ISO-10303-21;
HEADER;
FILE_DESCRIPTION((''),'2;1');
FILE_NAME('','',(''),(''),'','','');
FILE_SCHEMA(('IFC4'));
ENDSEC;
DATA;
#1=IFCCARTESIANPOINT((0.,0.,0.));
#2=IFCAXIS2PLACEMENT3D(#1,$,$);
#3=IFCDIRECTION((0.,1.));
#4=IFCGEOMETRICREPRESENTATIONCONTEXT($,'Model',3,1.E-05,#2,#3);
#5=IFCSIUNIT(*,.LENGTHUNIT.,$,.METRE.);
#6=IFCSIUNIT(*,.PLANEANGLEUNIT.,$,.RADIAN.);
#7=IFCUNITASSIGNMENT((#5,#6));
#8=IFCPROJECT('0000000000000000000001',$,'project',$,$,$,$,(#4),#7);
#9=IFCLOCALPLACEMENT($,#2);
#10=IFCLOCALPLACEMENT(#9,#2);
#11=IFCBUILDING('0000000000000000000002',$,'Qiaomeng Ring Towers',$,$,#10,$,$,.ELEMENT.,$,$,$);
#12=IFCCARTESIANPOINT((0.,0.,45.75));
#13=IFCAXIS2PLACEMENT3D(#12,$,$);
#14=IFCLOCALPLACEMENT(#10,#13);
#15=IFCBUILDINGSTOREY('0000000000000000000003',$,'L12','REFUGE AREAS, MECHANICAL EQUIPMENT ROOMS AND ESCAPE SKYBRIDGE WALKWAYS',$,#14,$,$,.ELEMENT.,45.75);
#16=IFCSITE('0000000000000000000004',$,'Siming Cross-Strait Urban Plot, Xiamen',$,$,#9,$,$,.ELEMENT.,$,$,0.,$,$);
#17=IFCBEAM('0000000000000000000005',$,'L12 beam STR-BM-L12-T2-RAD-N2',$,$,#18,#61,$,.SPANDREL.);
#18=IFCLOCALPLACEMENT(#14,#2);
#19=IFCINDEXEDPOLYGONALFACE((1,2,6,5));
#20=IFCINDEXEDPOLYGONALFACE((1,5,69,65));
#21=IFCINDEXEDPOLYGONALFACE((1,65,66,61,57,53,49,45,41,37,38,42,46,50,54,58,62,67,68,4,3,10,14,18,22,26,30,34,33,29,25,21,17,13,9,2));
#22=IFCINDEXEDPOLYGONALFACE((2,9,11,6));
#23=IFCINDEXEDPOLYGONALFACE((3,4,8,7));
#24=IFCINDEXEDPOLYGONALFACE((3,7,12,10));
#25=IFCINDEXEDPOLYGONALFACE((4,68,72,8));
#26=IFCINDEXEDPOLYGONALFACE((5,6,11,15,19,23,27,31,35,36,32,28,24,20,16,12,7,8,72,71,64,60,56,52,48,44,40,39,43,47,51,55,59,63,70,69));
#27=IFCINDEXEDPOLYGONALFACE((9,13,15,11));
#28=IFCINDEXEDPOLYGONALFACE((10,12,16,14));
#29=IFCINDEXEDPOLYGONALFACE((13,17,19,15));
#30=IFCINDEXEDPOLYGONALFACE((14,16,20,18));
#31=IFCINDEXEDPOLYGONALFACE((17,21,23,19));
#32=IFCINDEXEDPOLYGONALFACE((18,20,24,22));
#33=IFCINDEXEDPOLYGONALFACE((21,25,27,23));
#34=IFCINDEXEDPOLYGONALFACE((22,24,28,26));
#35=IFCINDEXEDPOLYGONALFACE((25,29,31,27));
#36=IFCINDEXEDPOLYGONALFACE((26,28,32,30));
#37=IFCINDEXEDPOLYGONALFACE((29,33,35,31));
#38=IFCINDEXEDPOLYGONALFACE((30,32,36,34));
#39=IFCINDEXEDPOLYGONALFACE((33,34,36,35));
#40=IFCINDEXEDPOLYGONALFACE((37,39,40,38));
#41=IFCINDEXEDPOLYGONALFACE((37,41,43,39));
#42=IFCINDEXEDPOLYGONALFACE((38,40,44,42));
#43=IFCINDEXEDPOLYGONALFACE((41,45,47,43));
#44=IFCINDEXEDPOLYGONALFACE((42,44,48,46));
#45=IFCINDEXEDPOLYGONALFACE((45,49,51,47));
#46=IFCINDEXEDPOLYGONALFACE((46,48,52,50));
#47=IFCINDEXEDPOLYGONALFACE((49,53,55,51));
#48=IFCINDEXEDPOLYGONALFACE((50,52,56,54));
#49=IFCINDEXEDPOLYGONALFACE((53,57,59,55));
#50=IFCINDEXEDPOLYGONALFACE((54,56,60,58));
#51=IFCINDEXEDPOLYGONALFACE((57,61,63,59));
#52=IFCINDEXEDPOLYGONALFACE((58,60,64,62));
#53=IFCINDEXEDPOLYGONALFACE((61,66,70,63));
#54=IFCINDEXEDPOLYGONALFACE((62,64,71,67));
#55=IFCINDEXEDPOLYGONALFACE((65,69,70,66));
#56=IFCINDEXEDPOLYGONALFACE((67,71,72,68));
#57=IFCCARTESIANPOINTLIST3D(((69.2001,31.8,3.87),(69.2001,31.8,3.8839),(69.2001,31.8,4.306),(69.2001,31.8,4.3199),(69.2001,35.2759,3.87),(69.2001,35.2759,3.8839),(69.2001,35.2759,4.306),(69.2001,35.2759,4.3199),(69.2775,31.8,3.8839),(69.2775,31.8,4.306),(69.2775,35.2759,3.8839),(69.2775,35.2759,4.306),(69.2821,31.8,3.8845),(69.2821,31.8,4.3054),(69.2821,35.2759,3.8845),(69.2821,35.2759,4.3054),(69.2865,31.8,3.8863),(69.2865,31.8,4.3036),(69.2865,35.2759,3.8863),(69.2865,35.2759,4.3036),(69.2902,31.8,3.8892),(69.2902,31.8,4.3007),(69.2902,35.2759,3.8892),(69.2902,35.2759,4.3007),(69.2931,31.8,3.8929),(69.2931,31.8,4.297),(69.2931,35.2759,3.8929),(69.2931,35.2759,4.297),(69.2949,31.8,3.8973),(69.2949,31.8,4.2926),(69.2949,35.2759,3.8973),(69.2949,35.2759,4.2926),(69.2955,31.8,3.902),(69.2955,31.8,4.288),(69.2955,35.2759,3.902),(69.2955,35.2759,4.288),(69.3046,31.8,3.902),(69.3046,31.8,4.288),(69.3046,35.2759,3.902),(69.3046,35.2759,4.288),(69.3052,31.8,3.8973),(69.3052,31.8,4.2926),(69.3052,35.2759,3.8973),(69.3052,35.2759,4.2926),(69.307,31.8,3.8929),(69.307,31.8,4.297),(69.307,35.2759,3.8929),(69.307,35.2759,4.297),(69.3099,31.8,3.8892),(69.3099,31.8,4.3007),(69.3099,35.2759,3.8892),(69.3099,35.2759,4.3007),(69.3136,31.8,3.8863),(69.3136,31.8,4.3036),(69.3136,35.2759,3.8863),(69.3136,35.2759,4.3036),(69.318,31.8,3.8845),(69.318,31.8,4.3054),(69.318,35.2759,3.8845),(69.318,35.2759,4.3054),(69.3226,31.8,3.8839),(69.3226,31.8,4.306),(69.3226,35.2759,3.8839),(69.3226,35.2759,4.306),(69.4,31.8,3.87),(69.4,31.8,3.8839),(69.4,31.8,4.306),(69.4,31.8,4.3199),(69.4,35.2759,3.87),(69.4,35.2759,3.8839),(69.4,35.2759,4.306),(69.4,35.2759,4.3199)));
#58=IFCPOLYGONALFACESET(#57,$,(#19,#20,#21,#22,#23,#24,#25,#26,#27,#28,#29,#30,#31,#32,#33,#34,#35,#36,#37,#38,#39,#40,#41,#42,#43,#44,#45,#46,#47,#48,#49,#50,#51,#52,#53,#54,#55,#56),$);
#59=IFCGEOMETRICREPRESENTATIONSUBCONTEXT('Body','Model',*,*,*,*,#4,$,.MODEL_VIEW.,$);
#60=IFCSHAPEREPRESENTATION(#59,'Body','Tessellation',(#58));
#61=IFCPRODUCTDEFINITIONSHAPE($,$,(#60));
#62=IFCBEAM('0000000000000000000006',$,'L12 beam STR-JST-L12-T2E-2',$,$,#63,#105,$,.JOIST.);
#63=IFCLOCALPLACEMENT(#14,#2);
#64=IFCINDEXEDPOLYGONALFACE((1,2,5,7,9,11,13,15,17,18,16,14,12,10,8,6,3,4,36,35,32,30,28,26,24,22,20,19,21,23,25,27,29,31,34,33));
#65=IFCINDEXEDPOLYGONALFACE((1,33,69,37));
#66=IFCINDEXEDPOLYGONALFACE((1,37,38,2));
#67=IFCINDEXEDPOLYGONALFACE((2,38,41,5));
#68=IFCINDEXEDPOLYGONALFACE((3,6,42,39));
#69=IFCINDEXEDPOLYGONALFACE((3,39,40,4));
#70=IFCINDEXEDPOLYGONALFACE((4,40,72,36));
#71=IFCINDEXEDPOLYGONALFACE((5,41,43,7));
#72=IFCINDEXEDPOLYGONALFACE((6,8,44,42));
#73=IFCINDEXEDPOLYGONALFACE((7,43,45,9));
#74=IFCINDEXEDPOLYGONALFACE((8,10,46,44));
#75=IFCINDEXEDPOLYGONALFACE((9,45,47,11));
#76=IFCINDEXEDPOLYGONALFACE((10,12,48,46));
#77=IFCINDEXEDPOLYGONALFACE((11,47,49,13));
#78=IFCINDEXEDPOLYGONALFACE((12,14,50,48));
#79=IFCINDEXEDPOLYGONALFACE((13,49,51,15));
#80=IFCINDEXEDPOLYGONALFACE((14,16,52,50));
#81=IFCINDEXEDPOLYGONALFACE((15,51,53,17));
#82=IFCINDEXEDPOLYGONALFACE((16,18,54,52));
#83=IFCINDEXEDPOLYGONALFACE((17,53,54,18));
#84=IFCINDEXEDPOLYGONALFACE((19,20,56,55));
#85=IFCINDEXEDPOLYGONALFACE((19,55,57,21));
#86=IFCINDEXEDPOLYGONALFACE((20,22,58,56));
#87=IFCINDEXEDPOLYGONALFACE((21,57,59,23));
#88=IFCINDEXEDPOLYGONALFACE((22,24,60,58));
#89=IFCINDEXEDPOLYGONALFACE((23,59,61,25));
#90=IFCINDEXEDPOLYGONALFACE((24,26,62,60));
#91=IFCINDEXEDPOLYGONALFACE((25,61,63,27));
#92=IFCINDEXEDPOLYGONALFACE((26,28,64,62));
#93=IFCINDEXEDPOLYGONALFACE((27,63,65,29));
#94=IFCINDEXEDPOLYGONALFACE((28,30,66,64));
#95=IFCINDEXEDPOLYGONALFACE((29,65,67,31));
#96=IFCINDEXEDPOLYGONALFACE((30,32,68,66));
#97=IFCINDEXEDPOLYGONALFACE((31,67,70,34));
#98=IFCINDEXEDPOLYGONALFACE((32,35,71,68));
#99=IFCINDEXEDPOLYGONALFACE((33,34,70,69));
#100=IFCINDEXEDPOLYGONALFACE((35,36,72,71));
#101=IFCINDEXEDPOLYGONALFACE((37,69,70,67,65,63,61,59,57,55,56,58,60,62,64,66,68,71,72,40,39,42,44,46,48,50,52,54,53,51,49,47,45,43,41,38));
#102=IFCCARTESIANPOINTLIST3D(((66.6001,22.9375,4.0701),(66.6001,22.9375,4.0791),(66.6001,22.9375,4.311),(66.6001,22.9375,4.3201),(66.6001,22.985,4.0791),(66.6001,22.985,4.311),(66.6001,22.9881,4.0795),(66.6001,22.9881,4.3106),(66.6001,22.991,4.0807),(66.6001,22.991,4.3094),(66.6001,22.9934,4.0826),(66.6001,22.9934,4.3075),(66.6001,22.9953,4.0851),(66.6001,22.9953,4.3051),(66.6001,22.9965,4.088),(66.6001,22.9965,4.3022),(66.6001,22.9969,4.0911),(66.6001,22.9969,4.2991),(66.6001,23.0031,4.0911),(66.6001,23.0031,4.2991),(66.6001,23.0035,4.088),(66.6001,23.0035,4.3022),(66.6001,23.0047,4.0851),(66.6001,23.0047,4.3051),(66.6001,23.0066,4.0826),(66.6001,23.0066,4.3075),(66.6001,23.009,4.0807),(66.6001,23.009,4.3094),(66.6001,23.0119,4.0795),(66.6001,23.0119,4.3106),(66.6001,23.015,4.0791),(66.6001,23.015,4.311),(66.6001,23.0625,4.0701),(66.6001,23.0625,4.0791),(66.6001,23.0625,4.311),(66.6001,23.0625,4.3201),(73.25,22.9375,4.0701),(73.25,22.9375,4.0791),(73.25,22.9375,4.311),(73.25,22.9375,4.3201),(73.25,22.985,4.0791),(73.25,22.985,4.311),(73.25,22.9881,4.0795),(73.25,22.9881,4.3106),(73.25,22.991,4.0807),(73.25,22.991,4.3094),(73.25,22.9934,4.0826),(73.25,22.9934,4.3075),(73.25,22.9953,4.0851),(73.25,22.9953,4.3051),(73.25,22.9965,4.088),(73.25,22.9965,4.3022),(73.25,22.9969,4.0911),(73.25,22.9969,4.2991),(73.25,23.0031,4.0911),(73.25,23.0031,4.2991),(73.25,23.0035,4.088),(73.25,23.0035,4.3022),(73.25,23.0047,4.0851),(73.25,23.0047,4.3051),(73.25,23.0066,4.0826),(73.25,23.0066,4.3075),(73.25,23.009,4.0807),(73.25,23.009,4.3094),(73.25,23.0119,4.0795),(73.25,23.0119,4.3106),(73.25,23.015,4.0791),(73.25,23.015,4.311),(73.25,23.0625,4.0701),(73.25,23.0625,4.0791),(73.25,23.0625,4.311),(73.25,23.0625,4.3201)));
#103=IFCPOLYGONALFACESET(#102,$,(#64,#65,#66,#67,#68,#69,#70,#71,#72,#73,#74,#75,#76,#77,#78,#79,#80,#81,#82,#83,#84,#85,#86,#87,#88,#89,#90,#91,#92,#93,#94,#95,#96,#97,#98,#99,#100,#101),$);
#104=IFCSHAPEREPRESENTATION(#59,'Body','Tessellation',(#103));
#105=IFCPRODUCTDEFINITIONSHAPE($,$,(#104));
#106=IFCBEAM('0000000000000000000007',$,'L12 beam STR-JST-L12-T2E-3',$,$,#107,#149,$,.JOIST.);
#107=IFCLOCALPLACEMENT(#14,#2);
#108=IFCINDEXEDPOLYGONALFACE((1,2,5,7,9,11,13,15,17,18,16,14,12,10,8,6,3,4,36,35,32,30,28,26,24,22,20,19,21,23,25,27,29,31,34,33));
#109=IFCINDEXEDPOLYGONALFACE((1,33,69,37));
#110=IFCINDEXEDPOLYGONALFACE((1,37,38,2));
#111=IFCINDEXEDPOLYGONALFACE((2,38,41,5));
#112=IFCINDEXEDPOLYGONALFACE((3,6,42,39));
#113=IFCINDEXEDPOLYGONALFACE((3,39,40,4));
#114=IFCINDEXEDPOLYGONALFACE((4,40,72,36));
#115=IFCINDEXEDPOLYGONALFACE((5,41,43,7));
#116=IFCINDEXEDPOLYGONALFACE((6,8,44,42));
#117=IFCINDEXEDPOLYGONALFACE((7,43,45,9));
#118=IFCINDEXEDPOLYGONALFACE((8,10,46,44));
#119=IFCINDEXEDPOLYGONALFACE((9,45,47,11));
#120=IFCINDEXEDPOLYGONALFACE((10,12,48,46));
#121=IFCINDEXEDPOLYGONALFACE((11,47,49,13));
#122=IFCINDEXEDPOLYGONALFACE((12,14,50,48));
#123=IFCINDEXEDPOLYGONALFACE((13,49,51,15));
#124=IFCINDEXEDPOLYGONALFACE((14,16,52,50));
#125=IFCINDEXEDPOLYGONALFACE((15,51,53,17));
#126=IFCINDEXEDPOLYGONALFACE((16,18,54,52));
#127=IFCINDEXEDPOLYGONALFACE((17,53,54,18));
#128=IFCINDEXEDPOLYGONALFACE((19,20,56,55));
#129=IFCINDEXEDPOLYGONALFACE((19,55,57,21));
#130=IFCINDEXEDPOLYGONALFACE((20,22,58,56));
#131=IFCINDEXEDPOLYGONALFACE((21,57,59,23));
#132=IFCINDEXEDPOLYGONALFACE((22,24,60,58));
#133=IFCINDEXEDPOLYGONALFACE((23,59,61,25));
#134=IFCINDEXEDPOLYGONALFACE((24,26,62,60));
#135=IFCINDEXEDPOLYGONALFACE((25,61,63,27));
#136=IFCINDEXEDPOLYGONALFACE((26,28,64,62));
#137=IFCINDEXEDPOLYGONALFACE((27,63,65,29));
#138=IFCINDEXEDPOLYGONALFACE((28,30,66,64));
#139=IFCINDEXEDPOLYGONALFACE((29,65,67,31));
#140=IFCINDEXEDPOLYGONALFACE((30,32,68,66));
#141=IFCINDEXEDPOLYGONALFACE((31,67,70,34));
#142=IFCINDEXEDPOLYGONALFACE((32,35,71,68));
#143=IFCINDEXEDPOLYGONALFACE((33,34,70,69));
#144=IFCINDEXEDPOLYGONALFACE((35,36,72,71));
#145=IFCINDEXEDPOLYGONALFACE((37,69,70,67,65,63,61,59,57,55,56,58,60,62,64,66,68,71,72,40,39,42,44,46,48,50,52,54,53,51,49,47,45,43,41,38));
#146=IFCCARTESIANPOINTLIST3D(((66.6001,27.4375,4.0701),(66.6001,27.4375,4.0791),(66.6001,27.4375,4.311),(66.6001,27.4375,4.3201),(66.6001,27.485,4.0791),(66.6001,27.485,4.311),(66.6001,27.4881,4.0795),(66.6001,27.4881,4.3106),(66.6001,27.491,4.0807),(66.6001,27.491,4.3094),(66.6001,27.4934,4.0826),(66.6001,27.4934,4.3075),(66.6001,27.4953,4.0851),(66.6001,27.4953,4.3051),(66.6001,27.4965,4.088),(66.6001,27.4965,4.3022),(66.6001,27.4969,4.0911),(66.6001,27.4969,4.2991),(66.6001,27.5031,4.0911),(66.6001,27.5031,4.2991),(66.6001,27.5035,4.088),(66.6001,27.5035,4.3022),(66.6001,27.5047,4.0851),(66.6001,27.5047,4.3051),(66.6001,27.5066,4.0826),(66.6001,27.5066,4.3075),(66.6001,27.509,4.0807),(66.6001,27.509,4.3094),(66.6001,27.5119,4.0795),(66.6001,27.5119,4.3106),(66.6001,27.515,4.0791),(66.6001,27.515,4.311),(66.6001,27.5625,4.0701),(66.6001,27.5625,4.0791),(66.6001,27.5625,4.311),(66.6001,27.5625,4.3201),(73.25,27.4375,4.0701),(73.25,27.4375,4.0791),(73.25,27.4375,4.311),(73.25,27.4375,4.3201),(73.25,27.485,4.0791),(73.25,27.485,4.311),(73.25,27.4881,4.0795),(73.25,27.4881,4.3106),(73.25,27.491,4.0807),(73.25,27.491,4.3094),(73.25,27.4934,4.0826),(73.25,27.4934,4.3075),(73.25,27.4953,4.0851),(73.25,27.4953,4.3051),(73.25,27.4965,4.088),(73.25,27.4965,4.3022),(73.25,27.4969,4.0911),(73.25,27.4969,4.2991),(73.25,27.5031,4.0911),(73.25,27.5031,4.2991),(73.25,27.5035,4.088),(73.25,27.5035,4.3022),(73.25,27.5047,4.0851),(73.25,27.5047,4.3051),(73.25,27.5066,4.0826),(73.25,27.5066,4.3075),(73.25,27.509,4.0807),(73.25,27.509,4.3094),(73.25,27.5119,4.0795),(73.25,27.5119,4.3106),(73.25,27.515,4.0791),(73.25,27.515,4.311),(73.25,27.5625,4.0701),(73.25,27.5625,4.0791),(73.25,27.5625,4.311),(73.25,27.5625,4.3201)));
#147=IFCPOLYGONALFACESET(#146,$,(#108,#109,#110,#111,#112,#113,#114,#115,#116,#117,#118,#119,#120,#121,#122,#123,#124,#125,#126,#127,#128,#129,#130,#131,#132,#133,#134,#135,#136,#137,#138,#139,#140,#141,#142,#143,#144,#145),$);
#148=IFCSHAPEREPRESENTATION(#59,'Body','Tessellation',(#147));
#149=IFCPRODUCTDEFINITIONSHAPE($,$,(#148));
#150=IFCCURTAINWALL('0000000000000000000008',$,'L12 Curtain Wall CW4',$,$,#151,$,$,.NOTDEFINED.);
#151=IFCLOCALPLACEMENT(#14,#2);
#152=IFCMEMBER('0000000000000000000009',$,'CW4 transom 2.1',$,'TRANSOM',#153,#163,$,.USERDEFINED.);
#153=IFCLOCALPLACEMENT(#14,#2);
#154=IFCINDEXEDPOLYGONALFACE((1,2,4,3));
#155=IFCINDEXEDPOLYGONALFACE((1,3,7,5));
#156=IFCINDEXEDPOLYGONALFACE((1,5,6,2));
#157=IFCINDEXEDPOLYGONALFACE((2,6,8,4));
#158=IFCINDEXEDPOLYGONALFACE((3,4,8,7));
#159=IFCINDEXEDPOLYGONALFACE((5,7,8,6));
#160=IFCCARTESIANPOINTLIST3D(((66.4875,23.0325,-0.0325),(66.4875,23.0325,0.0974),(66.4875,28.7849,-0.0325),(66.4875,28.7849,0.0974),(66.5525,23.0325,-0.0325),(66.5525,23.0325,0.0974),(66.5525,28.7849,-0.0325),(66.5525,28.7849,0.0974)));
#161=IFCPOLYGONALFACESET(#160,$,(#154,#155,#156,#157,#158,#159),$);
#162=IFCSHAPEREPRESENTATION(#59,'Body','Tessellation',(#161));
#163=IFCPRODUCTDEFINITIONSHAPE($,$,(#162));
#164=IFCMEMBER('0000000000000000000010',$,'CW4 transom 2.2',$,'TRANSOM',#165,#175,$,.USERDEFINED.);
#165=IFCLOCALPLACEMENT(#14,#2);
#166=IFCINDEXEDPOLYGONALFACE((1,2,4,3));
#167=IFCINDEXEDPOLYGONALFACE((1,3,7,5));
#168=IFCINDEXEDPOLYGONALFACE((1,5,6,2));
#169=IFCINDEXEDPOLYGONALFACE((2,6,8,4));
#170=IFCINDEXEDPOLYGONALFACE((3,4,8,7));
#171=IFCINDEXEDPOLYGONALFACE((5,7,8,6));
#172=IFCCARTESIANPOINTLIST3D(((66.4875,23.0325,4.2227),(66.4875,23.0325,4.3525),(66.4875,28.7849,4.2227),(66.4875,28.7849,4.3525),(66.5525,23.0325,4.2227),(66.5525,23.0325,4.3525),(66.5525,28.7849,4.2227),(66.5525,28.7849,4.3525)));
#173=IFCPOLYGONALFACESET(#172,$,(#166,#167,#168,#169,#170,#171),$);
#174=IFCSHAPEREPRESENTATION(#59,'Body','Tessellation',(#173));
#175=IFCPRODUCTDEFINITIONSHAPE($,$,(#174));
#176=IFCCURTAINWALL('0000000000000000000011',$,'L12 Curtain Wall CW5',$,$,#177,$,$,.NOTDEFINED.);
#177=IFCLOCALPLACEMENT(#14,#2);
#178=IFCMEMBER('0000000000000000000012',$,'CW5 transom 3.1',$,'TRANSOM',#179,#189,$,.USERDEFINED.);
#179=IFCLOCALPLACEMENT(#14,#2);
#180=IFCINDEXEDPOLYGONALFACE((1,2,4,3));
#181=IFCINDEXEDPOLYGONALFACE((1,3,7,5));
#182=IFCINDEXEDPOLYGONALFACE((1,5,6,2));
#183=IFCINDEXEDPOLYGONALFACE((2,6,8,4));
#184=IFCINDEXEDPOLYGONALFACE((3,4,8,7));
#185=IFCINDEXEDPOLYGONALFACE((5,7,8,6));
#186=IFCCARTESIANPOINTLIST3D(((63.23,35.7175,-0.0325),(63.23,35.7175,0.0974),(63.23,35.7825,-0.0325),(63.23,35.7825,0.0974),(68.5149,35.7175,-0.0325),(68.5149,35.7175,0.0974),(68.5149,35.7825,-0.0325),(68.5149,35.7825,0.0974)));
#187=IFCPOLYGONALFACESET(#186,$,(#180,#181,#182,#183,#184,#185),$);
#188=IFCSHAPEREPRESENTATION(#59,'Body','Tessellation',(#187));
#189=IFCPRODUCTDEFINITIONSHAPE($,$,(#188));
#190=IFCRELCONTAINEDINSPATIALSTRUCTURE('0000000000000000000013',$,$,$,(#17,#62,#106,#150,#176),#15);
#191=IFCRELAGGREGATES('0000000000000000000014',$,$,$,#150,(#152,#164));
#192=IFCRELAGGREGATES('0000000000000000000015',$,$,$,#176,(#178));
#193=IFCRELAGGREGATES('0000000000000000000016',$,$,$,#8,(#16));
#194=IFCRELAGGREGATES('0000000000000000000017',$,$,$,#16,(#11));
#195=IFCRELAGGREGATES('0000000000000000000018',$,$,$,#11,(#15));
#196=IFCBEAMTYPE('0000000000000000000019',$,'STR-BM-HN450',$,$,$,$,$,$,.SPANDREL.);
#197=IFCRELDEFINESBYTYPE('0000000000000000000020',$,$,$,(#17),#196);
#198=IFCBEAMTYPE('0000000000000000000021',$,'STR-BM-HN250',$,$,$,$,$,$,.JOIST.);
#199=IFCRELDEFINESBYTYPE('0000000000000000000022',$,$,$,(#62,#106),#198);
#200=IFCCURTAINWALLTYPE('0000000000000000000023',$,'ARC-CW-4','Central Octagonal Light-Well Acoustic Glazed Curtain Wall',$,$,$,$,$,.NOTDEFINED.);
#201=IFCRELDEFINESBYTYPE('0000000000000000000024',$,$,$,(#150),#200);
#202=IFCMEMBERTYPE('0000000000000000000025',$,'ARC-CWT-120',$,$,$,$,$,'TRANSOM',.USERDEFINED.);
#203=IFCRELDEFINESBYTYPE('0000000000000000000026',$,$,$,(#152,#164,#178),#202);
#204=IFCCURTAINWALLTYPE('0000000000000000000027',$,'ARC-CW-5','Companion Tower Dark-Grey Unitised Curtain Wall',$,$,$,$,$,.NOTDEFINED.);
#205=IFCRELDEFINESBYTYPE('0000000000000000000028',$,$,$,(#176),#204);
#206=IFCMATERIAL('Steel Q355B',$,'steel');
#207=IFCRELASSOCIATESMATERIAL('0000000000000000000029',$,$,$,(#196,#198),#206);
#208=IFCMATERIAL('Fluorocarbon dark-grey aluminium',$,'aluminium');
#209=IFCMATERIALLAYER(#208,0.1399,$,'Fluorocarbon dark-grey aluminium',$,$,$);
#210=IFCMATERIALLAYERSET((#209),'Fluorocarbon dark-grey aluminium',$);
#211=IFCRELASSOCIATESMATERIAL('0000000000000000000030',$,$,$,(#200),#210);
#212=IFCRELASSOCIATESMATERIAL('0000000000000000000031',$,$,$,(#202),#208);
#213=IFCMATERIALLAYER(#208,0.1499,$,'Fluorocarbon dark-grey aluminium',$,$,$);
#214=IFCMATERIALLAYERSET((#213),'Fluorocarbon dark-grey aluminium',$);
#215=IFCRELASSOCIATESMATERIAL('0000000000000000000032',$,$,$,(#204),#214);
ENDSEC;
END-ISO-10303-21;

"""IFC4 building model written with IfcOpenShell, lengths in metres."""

from ifc_helpers import new_model, si_unit, direction, frame, origin, origin_2d, place, context, subcontext, project, spatial, rectangle, i_section, extrude, source, transform, mapped, material, layer, layer_set, material_profile, profile_set, type_object, element, aggregate, save


model = new_model("IFC4")

# Units and contexts
model_context = context("Model", 3, precision=1e-05, world=origin(), true_north=direction((0.0, 1.0)))
body_context = subcontext(model_context, "Body", "Model", "MODEL_VIEW")
ifc_project = project(units=[si_unit("LENGTHUNIT", "METRE"), si_unit("PLANEANGLEUNIT", "RADIAN")], contexts=[model_context])

# Site, building, storey
site_placement = place(None, origin())
site = spatial("IfcSite", under=ifc_project, at=site_placement, Name="Siming Cross-Strait Urban Plot, Xiamen", CompositionType="ELEMENT", RefElevation=0.0)
building_placement = place(site_placement, origin())
building = spatial("IfcBuilding", under=site, at=building_placement, Name="Qiaomeng Ring Towers", CompositionType="ELEMENT")
storey_placement = place(building_placement, frame((0.0, 0.0, 45.75)))
storey = spatial("IfcBuildingStorey", under=building, at=storey_placement, Name="L12", Description="REFUGE AREAS, MECHANICAL EQUIPMENT ROOMS AND ESCAPE SKYBRIDGE WALKWAYS", CompositionType="ELEMENT", Elevation=45.75)

# Beams
ifc_material_1 = material(Name="Steel Q355B", Category="steel")
ifc_material_profile_1 = material_profile(ifc_material_1, i_section(OverallWidth=0.2, OverallDepth=0.45, WebThickness=0.009, FlangeThickness=0.0139, FilletRadius=0.0181, at=origin_2d()), Name="HN 450x200x9x14")
ifc_profile_set_1 = profile_set([ifc_material_profile_1], Name="Steel Q355B")
beam_type_1 = type_object("IfcBeamType", Name="STR-BM-HN450", PredefinedType="SPANDREL", material=ifc_profile_set_1)
shared_shape_1 = source(origin(), body_context, "Body", "SweptSolid", [
    extrude(i_section(OverallWidth=0.2, OverallDepth=0.45, WebThickness=0.009, FlangeThickness=0.0139, FilletRadius=0.0181, at=origin_2d()), origin(), (0.0, 0.0, 1.0), 3.4758),
])
beam_1_placement = place(storey_placement, frame((69.3, 35.2759, 4.095), z_axis=(0.0, -1.0, 0.0), x_axis=(1.0, 0.0, 0.0)))
element("IfcBeam", 1, at=beam_1_placement, inside=storey, type_object=beam_type_1, Name="L12 beam STR-BM-L12-T2-RAD-N2", PredefinedType="SPANDREL", context=body_context, shape_type="MappedRepresentation", body=[
    mapped(shared_shape_1, transform((0.0, 0.0, 0.0), x_axis=(1.0, 0.0, 0.0), y_axis=(0.0, 1.0, 0.0), z_axis=(0.0, 0.0, 1.0), scale=1.0)),
])
ifc_material_profile_2 = material_profile(ifc_material_1, i_section(OverallWidth=0.125, OverallDepth=0.25, WebThickness=0.0061, FlangeThickness=0.009, FilletRadius=0.012, at=origin_2d()), Name="HN 250x125x6x9")
ifc_profile_set_2 = profile_set([ifc_material_profile_2], Name="Steel Q355B")
beam_type_2 = type_object("IfcBeamType", Name="STR-BM-HN250", PredefinedType="JOIST", material=ifc_profile_set_2)
shared_shape_2 = source(origin(), body_context, "Body", "SweptSolid", [
    extrude(i_section(OverallWidth=0.125, OverallDepth=0.25, WebThickness=0.0061, FlangeThickness=0.009, FilletRadius=0.012, at=origin_2d()), origin(), (0.0, 0.0, 1.0), 6.6499),
])
for number, where, z_axis, x_axis, name in (
    (2, (66.6001, 23.0, 4.1951), (1.0, 0.0, 0.0), (0.0, 1.0, 0.0), "L12 beam STR-JST-L12-T2E-2"),
    (3, (66.6001, 27.5, 4.1951), (1.0, 0.0, 0.0), (0.0, 1.0, 0.0), "L12 beam STR-JST-L12-T2E-3"),
):
    element("IfcBeam", number, at=place(storey_placement, frame(where, z_axis=z_axis, x_axis=x_axis)), inside=storey, type_object=beam_type_2, Name=name, PredefinedType="JOIST", context=body_context, shape_type="MappedRepresentation", body=[
        mapped(shared_shape_2, transform((0.0, 0.0, 0.0), x_axis=(1.0, 0.0, 0.0), y_axis=(0.0, 1.0, 0.0), z_axis=(0.0, 0.0, 1.0), scale=1.0)),
    ])

# Curtain walls, members
ifc_material_2 = material(Name="Fluorocarbon dark-grey aluminium", Category="aluminium")
ifc_layer_1 = layer(ifc_material_2, 0.1399, Name="Fluorocarbon dark-grey aluminium")
ifc_layer_set_1 = layer_set([ifc_layer_1], Name="Fluorocarbon dark-grey aluminium")
curtain_wall_type_1 = type_object("IfcCurtainWallType", Name="ARC-CW-4", Description="Central Octagonal Light-Well Acoustic Glazed Curtain Wall", PredefinedType="NOTDEFINED", material=ifc_layer_set_1)
curtain_wall_1_placement = place(storey_placement, origin())
curtain_wall_1 = element("IfcCurtainWall", 4, at=curtain_wall_1_placement, inside=storey, type_object=curtain_wall_type_1, Name="L12 Curtain Wall CW4", PredefinedType="NOTDEFINED")
ifc_material_profile_3 = material_profile(ifc_material_2, rectangle(XDim=0.0649, YDim=0.1299, at=origin_2d()), Name="ALU TRAN 65x130")
ifc_profile_set_3 = profile_set([ifc_material_profile_3], Name="Fluorocarbon dark-grey aluminium")
member_type_1 = type_object("IfcMemberType", Name="ARC-CWT-120", ElementType="TRANSOM", PredefinedType="USERDEFINED", material=ifc_profile_set_3)
shared_shape_3 = source(origin(), body_context, "Body", "SweptSolid", [
    extrude(rectangle(XDim=0.0649, YDim=0.1299, at=origin_2d()), origin(), (0.0, 0.0, 1.0), 5.7524),
])
member_1_placement = place(storey_placement, frame((66.52, 23.0325, 0.0325), z_axis=(0.0, 1.0, 0.0), x_axis=(-1.0, 0.0, 0.0)))
member_1 = element("IfcMember", 5, at=member_1_placement, type_object=member_type_1, Name="CW4 transom 2.1", ObjectType="TRANSOM", PredefinedType="USERDEFINED", context=body_context, shape_type="MappedRepresentation", body=[
    mapped(shared_shape_3, transform((0.0, 0.0, 0.0), x_axis=(1.0, 0.0, 0.0), y_axis=(0.0, 1.0, 0.0), z_axis=(0.0, 0.0, 1.0), scale=1.0)),
])
member_2_placement = place(storey_placement, frame((66.52, 23.0325, 4.2876), z_axis=(0.0, 1.0, 0.0), x_axis=(-1.0, 0.0, 0.0)))
member_2 = element("IfcMember", 6, at=member_2_placement, type_object=member_type_1, Name="CW4 transom 2.2", ObjectType="TRANSOM", PredefinedType="USERDEFINED", context=body_context, shape_type="MappedRepresentation", body=[
    mapped(shared_shape_3, transform((0.0, 0.0, 0.0), x_axis=(1.0, 0.0, 0.0), y_axis=(0.0, 1.0, 0.0), z_axis=(0.0, 0.0, 1.0), scale=1.0)),
])
ifc_layer_2 = layer(ifc_material_2, 0.1499, Name="Fluorocarbon dark-grey aluminium")
ifc_layer_set_2 = layer_set([ifc_layer_2], Name="Fluorocarbon dark-grey aluminium")
curtain_wall_type_2 = type_object("IfcCurtainWallType", Name="ARC-CW-5", Description="Companion Tower Dark-Grey Unitised Curtain Wall", PredefinedType="NOTDEFINED", material=ifc_layer_set_2)
curtain_wall_2_placement = place(storey_placement, origin())
curtain_wall_2 = element("IfcCurtainWall", 7, at=curtain_wall_2_placement, inside=storey, type_object=curtain_wall_type_2, Name="L12 Curtain Wall CW5", PredefinedType="NOTDEFINED")
shared_shape_4 = source(origin(), body_context, "Body", "SweptSolid", [
    extrude(rectangle(XDim=0.0649, YDim=0.1299, at=origin_2d()), origin(), (0.0, 0.0, 1.0), 5.2849),
])
member_3_placement = place(storey_placement, frame((63.23, 35.75, 0.0325), z_axis=(1.0, 0.0, 0.0), x_axis=(0.0, 1.0, 0.0)))
member_3 = element("IfcMember", 8, at=member_3_placement, type_object=member_type_1, Name="CW5 transom 3.1", ObjectType="TRANSOM", PredefinedType="USERDEFINED", context=body_context, shape_type="MappedRepresentation", body=[
    mapped(shared_shape_4, transform((0.0, 0.0, 0.0), x_axis=(1.0, 0.0, 0.0), y_axis=(0.0, 1.0, 0.0), z_axis=(0.0, 0.0, 1.0), scale=1.0)),
])

aggregate(curtain_wall_1, [member_1, member_2])
aggregate(curtain_wall_2, [member_3])

save(model, "model.ifc")
